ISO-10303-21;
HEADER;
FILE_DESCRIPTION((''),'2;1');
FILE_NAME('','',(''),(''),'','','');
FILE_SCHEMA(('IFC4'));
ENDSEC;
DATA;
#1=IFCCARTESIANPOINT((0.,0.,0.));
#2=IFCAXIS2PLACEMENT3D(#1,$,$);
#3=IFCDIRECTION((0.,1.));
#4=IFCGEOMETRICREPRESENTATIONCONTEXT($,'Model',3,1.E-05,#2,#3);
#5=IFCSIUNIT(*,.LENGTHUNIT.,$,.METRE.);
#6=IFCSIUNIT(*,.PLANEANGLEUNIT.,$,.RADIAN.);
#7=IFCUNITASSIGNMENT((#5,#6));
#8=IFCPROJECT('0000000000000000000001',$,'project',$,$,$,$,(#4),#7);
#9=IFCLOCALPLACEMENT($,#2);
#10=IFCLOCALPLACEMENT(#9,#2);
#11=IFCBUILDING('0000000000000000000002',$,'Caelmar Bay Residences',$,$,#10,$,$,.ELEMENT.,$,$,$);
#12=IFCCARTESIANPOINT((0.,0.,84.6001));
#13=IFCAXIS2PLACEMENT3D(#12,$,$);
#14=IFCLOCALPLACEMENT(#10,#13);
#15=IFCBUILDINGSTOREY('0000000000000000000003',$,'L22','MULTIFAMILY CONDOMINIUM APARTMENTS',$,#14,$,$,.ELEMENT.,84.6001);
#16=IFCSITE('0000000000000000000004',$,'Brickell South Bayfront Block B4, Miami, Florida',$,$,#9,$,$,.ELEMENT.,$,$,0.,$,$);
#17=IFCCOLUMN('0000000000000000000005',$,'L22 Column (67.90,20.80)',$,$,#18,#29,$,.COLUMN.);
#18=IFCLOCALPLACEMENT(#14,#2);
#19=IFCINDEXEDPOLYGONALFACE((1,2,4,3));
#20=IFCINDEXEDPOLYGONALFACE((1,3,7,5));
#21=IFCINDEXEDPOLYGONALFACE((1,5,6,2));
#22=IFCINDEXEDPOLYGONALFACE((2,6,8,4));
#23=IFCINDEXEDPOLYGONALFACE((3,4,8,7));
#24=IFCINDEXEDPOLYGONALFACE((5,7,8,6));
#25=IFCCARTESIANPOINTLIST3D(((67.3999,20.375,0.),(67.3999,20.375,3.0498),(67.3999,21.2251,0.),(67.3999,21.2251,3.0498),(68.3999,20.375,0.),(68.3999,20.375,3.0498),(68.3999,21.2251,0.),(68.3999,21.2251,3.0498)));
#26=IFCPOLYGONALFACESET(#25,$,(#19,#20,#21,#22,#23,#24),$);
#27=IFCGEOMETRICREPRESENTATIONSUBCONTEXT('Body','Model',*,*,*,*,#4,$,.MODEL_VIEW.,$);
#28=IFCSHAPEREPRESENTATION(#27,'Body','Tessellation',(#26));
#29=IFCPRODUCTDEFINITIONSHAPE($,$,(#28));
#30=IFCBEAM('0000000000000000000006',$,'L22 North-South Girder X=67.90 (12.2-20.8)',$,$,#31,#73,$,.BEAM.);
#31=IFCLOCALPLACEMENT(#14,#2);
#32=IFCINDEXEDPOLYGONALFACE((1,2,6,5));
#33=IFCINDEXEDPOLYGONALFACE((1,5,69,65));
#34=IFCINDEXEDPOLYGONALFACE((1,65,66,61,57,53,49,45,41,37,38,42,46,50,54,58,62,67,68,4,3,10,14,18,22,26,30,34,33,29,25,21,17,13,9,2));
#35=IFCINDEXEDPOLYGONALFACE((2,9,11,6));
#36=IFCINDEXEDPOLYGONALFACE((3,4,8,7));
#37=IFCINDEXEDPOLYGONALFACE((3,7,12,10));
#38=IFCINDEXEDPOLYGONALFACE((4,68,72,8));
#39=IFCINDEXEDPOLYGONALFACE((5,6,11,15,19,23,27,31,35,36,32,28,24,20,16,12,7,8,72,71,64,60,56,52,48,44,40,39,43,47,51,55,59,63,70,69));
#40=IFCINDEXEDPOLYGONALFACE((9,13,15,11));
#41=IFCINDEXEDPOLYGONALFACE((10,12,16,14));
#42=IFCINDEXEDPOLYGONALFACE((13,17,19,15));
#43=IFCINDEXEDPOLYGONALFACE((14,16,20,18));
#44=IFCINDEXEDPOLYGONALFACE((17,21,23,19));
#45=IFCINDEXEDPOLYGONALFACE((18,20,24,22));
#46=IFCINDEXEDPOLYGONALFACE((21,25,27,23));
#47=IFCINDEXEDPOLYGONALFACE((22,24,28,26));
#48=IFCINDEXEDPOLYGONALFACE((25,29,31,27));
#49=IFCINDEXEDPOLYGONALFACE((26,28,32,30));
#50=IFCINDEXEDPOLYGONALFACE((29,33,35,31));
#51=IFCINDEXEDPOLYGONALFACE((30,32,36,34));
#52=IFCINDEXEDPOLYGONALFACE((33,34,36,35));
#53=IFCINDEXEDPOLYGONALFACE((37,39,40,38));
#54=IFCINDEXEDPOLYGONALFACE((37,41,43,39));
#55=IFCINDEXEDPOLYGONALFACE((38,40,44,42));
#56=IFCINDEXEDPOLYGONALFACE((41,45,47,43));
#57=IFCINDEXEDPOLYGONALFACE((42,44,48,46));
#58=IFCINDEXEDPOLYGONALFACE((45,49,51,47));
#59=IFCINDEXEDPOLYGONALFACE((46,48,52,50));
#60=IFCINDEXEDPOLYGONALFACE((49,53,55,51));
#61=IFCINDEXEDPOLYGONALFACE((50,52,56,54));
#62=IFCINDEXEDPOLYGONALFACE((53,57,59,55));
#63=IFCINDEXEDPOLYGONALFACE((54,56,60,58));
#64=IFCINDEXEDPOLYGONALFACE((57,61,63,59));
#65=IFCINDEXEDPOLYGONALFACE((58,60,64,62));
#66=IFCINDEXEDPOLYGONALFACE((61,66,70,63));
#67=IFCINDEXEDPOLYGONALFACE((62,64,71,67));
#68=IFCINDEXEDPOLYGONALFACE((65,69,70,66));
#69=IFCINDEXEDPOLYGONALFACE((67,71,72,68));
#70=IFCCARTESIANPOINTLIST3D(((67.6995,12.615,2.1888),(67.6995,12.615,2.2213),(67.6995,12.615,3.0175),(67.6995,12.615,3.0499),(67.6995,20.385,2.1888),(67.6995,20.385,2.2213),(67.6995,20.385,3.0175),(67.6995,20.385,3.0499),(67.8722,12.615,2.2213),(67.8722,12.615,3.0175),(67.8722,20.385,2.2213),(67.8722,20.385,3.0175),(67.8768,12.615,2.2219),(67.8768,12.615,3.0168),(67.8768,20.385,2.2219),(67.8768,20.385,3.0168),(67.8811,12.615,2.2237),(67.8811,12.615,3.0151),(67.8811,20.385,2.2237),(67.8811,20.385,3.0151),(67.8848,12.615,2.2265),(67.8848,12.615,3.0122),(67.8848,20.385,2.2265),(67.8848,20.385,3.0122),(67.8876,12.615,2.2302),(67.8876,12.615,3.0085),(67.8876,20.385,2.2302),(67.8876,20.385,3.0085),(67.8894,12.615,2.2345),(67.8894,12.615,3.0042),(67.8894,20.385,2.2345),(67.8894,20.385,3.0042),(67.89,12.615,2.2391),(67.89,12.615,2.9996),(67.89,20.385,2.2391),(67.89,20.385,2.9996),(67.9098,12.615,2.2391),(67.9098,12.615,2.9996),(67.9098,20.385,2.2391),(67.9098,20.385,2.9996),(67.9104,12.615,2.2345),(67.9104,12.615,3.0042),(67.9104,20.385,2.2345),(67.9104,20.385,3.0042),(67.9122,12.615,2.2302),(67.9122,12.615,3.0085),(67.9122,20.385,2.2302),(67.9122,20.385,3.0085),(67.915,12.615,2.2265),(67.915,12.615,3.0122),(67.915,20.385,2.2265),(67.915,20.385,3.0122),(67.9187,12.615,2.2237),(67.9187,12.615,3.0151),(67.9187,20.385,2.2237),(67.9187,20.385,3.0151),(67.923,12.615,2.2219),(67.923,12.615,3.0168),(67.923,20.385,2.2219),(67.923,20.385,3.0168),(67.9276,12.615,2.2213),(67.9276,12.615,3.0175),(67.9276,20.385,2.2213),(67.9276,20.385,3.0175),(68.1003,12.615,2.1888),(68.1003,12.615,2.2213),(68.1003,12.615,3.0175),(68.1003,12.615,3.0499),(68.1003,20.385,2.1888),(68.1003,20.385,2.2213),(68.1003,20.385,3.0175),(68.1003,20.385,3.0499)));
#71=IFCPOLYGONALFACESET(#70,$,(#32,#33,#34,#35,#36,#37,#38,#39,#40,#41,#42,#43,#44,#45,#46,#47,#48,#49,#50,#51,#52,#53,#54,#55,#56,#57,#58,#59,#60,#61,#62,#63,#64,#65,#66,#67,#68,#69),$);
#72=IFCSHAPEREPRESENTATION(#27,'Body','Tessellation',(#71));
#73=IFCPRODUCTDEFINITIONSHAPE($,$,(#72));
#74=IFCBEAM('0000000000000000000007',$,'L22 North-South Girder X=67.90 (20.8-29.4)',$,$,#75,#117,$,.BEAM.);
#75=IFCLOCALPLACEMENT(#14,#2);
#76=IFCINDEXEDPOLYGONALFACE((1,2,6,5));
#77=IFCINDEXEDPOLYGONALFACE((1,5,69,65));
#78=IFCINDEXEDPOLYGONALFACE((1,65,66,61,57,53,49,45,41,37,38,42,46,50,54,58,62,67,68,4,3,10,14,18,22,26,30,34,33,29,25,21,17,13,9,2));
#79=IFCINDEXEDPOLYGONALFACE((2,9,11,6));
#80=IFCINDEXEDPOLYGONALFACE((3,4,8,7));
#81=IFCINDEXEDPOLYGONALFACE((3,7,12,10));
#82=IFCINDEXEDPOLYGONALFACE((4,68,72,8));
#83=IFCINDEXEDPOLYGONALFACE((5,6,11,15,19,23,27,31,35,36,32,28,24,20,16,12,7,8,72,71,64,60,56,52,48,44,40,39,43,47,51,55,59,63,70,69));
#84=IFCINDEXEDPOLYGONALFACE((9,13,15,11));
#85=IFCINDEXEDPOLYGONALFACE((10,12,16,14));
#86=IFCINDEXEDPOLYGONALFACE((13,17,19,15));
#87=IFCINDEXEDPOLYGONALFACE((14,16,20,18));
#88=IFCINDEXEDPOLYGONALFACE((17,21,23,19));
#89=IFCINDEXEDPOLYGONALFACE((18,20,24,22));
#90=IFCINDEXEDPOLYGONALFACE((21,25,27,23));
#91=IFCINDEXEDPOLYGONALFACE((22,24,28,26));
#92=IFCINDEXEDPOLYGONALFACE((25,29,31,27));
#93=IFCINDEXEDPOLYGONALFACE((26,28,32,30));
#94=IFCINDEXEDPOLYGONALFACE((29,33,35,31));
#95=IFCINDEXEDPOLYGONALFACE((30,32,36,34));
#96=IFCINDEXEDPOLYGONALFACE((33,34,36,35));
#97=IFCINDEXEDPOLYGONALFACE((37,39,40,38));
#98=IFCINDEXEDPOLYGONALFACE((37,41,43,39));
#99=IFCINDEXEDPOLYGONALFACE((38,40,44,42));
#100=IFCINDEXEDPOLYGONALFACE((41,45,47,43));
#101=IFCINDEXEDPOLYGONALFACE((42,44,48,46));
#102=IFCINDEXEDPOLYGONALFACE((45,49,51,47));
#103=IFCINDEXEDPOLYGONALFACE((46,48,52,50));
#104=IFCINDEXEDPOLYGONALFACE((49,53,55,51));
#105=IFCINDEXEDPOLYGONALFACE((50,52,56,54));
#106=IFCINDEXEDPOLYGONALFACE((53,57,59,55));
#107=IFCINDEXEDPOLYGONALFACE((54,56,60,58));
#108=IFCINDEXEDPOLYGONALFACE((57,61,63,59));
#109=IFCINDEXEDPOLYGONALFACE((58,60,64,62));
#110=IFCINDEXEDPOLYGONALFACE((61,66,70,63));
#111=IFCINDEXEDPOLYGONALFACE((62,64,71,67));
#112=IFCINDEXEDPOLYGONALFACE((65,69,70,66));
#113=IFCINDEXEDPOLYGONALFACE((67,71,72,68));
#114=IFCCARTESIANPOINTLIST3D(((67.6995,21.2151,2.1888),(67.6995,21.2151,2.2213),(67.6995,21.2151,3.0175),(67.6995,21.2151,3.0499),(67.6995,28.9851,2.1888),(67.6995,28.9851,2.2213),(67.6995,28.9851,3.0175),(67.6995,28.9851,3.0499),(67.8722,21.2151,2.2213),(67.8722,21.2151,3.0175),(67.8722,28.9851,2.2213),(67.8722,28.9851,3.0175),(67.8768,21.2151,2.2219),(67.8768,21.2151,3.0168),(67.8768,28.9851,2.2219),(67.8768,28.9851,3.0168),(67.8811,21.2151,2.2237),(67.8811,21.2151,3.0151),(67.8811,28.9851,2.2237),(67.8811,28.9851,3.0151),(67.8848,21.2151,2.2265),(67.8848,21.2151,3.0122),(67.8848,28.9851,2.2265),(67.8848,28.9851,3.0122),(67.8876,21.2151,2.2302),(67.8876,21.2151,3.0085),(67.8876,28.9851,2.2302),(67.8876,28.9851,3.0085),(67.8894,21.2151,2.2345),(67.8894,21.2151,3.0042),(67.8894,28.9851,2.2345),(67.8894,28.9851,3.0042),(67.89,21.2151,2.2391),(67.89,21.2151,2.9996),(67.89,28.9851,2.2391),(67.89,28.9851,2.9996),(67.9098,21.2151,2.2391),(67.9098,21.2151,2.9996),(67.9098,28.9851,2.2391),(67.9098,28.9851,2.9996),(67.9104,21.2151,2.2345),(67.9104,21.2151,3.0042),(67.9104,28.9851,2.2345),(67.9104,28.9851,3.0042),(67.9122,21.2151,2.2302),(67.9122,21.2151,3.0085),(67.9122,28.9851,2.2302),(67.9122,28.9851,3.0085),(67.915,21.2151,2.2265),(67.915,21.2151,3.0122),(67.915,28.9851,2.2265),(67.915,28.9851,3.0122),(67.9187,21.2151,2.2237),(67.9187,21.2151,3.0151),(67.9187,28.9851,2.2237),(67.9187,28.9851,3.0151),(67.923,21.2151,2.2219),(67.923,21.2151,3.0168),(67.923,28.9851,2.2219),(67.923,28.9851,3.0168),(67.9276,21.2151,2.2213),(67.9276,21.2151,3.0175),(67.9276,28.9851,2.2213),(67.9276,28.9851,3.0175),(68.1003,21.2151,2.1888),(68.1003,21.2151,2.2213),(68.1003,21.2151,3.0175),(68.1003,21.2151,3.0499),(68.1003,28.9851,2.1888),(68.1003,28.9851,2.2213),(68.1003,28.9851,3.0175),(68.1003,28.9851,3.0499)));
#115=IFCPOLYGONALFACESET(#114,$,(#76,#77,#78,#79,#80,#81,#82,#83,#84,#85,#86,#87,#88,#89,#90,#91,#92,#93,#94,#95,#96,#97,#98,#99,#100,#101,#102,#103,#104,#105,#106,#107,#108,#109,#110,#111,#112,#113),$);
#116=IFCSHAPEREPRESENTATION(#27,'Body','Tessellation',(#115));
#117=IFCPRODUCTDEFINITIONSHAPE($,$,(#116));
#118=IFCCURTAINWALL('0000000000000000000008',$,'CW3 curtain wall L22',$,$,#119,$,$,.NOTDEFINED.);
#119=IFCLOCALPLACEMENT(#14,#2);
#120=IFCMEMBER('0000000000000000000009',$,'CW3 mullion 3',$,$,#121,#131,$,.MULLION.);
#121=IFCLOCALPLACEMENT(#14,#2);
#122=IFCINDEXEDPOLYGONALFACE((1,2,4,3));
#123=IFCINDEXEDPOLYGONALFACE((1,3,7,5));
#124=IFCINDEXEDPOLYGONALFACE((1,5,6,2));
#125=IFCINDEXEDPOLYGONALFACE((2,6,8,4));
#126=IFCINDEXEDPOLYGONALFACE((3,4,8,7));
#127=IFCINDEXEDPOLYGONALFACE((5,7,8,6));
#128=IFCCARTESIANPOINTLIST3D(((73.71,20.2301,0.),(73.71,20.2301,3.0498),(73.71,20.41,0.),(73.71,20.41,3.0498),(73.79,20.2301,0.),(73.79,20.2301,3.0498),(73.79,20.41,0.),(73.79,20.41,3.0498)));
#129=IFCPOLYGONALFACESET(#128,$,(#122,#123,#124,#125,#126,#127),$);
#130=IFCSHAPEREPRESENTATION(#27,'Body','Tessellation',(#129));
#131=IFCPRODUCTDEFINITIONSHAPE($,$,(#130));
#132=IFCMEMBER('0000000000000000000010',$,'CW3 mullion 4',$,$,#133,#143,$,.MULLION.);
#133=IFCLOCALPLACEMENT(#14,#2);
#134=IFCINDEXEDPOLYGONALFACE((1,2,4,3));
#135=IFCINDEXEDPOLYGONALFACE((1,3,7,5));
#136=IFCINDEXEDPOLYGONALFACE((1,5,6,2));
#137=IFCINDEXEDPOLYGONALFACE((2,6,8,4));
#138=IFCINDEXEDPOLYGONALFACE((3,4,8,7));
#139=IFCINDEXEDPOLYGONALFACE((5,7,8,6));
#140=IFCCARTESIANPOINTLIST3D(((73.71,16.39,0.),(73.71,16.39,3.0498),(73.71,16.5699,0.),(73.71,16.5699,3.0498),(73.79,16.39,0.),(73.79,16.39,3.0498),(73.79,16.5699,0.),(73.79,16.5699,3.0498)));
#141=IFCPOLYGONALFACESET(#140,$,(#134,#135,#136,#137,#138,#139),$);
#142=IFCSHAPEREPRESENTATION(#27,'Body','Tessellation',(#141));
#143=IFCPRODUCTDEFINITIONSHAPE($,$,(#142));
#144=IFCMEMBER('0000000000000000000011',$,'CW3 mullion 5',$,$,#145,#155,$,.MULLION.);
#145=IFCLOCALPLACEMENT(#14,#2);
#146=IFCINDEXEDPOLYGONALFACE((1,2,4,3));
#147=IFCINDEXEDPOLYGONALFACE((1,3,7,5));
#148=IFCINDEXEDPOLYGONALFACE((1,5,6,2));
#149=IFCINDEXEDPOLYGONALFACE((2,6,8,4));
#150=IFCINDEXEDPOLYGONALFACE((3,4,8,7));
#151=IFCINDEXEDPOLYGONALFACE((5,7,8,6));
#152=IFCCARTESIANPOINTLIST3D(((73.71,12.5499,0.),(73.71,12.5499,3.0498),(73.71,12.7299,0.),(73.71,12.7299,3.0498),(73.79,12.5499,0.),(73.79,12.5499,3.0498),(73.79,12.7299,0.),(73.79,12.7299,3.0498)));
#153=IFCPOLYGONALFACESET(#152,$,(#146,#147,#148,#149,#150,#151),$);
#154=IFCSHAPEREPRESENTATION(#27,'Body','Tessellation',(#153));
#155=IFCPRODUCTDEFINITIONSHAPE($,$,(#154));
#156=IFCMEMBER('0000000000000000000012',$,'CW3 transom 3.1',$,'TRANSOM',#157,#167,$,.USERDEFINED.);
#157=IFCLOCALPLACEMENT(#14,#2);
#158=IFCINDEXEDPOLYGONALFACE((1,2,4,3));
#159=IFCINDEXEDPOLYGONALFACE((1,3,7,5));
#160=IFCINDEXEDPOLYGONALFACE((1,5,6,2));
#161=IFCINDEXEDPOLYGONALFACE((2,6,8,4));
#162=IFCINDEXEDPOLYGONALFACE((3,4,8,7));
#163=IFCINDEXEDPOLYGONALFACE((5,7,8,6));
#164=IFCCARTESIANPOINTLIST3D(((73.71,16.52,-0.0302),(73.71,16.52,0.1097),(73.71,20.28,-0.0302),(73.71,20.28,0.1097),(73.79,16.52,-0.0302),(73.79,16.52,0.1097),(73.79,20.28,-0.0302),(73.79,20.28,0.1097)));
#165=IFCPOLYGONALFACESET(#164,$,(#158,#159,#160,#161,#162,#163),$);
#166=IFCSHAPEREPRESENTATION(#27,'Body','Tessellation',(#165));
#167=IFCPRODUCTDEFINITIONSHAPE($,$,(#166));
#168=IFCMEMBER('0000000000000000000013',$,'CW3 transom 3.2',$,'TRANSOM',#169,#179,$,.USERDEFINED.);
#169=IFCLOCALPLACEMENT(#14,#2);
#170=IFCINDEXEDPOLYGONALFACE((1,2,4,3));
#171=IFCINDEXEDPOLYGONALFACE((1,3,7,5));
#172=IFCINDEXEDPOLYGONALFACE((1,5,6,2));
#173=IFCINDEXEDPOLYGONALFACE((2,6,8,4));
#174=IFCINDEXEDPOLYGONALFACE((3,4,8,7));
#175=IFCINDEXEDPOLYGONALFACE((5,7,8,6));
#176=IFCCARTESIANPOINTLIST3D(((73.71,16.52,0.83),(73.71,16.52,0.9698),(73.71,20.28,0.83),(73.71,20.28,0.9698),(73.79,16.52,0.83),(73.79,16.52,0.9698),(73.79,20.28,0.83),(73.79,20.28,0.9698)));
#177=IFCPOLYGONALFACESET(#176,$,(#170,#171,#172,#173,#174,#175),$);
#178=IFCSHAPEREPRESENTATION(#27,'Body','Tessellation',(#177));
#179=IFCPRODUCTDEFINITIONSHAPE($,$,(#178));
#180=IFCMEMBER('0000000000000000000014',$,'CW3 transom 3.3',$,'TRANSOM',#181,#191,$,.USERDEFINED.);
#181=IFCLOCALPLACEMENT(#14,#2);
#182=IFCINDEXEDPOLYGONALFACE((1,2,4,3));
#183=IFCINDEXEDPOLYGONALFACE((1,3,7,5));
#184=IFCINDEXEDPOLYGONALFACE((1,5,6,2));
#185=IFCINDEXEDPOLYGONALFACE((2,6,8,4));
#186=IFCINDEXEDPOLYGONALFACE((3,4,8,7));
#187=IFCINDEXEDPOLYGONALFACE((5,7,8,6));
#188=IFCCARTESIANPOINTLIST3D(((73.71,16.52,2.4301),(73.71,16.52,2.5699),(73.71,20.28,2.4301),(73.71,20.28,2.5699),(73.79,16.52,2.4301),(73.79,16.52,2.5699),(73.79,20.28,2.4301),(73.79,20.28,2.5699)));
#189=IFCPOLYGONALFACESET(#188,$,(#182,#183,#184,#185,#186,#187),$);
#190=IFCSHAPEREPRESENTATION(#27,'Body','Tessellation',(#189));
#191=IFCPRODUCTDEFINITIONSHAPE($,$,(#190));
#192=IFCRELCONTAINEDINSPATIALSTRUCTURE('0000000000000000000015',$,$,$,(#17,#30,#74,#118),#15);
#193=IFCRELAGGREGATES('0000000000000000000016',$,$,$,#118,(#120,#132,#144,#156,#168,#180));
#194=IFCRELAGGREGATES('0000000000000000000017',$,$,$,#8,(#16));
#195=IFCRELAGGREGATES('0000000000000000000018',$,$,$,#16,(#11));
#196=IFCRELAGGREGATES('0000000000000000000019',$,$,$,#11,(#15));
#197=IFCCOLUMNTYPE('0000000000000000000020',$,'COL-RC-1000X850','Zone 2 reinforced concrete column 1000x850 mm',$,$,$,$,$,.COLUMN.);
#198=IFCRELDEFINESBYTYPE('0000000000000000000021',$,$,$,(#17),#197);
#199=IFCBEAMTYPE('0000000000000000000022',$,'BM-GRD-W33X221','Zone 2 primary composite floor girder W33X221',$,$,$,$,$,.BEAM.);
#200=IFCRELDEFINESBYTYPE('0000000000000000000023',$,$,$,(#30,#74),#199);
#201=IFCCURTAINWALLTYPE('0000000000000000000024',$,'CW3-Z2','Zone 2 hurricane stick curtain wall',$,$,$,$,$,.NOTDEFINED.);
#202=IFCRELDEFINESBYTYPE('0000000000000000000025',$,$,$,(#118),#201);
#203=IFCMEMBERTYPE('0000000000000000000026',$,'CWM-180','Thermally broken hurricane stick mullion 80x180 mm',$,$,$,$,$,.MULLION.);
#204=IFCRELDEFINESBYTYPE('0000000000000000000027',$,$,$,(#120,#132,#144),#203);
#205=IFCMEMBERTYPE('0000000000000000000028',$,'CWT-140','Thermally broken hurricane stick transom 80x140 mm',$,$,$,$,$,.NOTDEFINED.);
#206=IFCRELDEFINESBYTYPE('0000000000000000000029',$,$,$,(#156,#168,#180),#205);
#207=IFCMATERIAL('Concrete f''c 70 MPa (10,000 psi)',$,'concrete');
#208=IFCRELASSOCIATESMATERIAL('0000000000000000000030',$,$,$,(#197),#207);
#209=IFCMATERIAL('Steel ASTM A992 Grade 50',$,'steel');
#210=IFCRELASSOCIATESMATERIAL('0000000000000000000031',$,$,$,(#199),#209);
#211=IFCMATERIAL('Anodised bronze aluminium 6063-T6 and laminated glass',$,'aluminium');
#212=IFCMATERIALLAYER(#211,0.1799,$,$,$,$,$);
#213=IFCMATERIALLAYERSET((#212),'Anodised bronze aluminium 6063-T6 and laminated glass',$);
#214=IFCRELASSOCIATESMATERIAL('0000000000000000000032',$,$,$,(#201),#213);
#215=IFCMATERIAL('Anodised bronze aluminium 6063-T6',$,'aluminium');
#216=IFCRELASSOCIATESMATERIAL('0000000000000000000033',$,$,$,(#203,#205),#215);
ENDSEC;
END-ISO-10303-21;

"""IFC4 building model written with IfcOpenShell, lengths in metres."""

from ifc_helpers import new_model, si_unit, direction, frame, origin, origin_2d, place, context, subcontext, project, spatial, rectangle, i_section, extrude, material, layer, layer_set, material_profile, profile_set, type_object, element, aggregate, save


model = new_model("IFC4")

# Units and contexts
model_context = context("Model", 3, precision=1e-05, world=origin(), true_north=direction((0.0, 1.0)))
body_context = subcontext(model_context, "Body", "Model", "MODEL_VIEW")
ifc_project = project(units=[si_unit("LENGTHUNIT", "METRE"), si_unit("PLANEANGLEUNIT", "RADIAN")], contexts=[model_context])

# Site, building, storey
site_placement = place(None, origin())
site = spatial("IfcSite", under=ifc_project, at=site_placement, Name="Brickell South Bayfront Block B4, Miami, Florida", CompositionType="ELEMENT", RefElevation=0.0)
building_placement = place(site_placement, origin())
building = spatial("IfcBuilding", under=site, at=building_placement, Name="Caelmar Bay Residences", CompositionType="ELEMENT")
storey_placement = place(building_placement, frame((0.0, 0.0, 84.6001)))
storey = spatial("IfcBuildingStorey", under=building, at=storey_placement, Name="L22", Description="MULTIFAMILY CONDOMINIUM APARTMENTS", CompositionType="ELEMENT", Elevation=84.6001)

# Column
ifc_material_1 = material(Name="Concrete f'c 70 MPa (10,000 psi)", Category="concrete")
ifc_material_profile_1 = material_profile(ifc_material_1, rectangle(XDim=1.0, YDim=0.8501, at=origin_2d()), Name="RC-COL-1000X850")
ifc_profile_set_1 = profile_set([ifc_material_profile_1], Name="Concrete f'c 70 MPa (10,000 psi)")
column_type = type_object("IfcColumnType", Name="COL-RC-1000X850", Description="Zone 2 reinforced concrete column 1000x850 mm", PredefinedType="COLUMN", material=ifc_profile_set_1)
column_placement = place(storey_placement, frame((67.8999, 20.8, 0.0), z_axis=(0.0, 0.0, 1.0), x_axis=(1.0, 0.0, 0.0)))
element("IfcColumn", 1, at=column_placement, inside=storey, type_object=column_type, Name="L22 Column (67.90,20.80)", PredefinedType="COLUMN", context=body_context, shape_type="SweptSolid", body=[
    extrude(rectangle(XDim=1.0, YDim=0.8501, at=origin_2d()), origin(), (0.0, 0.0, 1.0), 3.0498),
])

# Beams
ifc_material_2 = material(Name="Steel ASTM A992 Grade 50", Category="steel")
ifc_material_profile_2 = material_profile(ifc_material_2, i_section(OverallWidth=0.4009, OverallDepth=0.8611, WebThickness=0.0198, FlangeThickness=0.0325, FilletRadius=0.0178, at=origin_2d()), Name="W33X221")
ifc_profile_set_2 = profile_set([ifc_material_profile_2], Name="Steel ASTM A992 Grade 50")
beam_type = type_object("IfcBeamType", Name="BM-GRD-W33X221", Description="Zone 2 primary composite floor girder W33X221", PredefinedType="BEAM", material=ifc_profile_set_2)
for number, where, z_axis, x_axis, name in (
    (2, (67.8999, 12.615, 2.6194), (0.0, 1.0, 0.0), (-1.0, 0.0, 0.0), "L22 North-South Girder X=67.90 (12.2-20.8)"),
    (3, (67.8999, 21.2151, 2.6194), (0.0, 1.0, 0.0), (-1.0, 0.0, 0.0), "L22 North-South Girder X=67.90 (20.8-29.4)"),
):
    element("IfcBeam", number, at=place(storey_placement, frame(where, z_axis=z_axis, x_axis=x_axis)), inside=storey, type_object=beam_type, Name=name, PredefinedType="BEAM", context=body_context, shape_type="SweptSolid", body=[
        extrude(i_section(OverallWidth=0.4009, OverallDepth=0.8611, WebThickness=0.0198, FlangeThickness=0.0325, FilletRadius=0.0178, at=origin_2d()), origin(), (0.0, 0.0, 1.0), 7.77),
    ])

# Curtain wall, members
ifc_material_3 = material(Name="Anodised bronze aluminium 6063-T6 and laminated glass", Category="aluminium")
ifc_layer_1 = layer(ifc_material_3, 0.1799)
ifc_layer_set_1 = layer_set([ifc_layer_1], Name="Anodised bronze aluminium 6063-T6 and laminated glass")
curtain_wall_type = type_object("IfcCurtainWallType", Name="CW3-Z2", Description="Zone 2 hurricane stick curtain wall", PredefinedType="NOTDEFINED", material=ifc_layer_set_1)
curtain_wall_placement = place(storey_placement, origin())
curtain_wall = element("IfcCurtainWall", 4, at=curtain_wall_placement, inside=storey, type_object=curtain_wall_type, Name="CW3 curtain wall L22", PredefinedType="NOTDEFINED")
ifc_material_4 = material(Name="Anodised bronze aluminium 6063-T6", Category="aluminium")
ifc_material_profile_3 = material_profile(ifc_material_4, rectangle(XDim=0.0801, YDim=0.1799, at=origin_2d()), Name="CWM-80X180")
ifc_profile_set_3 = profile_set([ifc_material_profile_3], Name="Anodised bronze aluminium 6063-T6")
member_type_1 = type_object("IfcMemberType", Name="CWM-180", Description="Thermally broken hurricane stick mullion 80x180 mm", PredefinedType="MULLION", material=ifc_profile_set_3)
member_1_placement = place(storey_placement, frame((73.75, 20.3201, 0.0), z_axis=(0.0, 0.0, 1.0), x_axis=(1.0, 0.0, 0.0)))
member_1 = element("IfcMember", 5, at=member_1_placement, type_object=member_type_1, Name="CW3 mullion 3", PredefinedType="MULLION", context=body_context, shape_type="SweptSolid", body=[
    extrude(rectangle(XDim=0.0801, YDim=0.1799, at=origin_2d()), origin(), (0.0, 0.0, 1.0), 3.0498),
])
member_2_placement = place(storey_placement, frame((73.75, 16.48, 0.0), z_axis=(0.0, 0.0, 1.0), x_axis=(1.0, 0.0, 0.0)))
member_2 = element("IfcMember", 6, at=member_2_placement, type_object=member_type_1, Name="CW3 mullion 4", PredefinedType="MULLION", context=body_context, shape_type="SweptSolid", body=[
    extrude(rectangle(XDim=0.0801, YDim=0.1799, at=origin_2d()), origin(), (0.0, 0.0, 1.0), 3.0498),
])
member_3_placement = place(storey_placement, frame((73.75, 12.6399, 0.0), z_axis=(0.0, 0.0, 1.0), x_axis=(1.0, 0.0, 0.0)))
member_3 = element("IfcMember", 7, at=member_3_placement, type_object=member_type_1, Name="CW3 mullion 5", PredefinedType="MULLION", context=body_context, shape_type="SweptSolid", body=[
    extrude(rectangle(XDim=0.0801, YDim=0.1799, at=origin_2d()), origin(), (0.0, 0.0, 1.0), 3.0498),
])
ifc_material_profile_4 = material_profile(ifc_material_4, rectangle(XDim=0.0801, YDim=0.1399, at=origin_2d()), Name="CWT-80X140")
ifc_profile_set_4 = profile_set([ifc_material_profile_4], Name="Anodised bronze aluminium 6063-T6")
member_type_2 = type_object("IfcMemberType", Name="CWT-140", Description="Thermally broken hurricane stick transom 80x140 mm", PredefinedType="NOTDEFINED", material=ifc_profile_set_4)
member_4_placement = place(storey_placement, frame((73.75, 20.28, 0.0398), z_axis=(0.0, -1.0, 0.0), x_axis=(1.0, 0.0, 0.0)))
member_4 = element("IfcMember", 8, at=member_4_placement, type_object=member_type_2, Name="CW3 transom 3.1", ObjectType="TRANSOM", PredefinedType="USERDEFINED", context=body_context, shape_type="SweptSolid", body=[
    extrude(rectangle(XDim=0.0801, YDim=0.1399, at=origin_2d()), origin(), (0.0, 0.0, 1.0), 3.76),
])
member_5_placement = place(storey_placement, frame((73.75, 20.28, 0.8999), z_axis=(0.0, -1.0, 0.0), x_axis=(1.0, 0.0, 0.0)))
member_5 = element("IfcMember", 9, at=member_5_placement, type_object=member_type_2, Name="CW3 transom 3.2", ObjectType="TRANSOM", PredefinedType="USERDEFINED", context=body_context, shape_type="SweptSolid", body=[
    extrude(rectangle(XDim=0.0801, YDim=0.1399, at=origin_2d()), origin(), (0.0, 0.0, 1.0), 3.76),
])
member_6_placement = place(storey_placement, frame((73.75, 20.28, 2.5), z_axis=(0.0, -1.0, 0.0), x_axis=(1.0, 0.0, 0.0)))
member_6 = element("IfcMember", 10, at=member_6_placement, type_object=member_type_2, Name="CW3 transom 3.3", ObjectType="TRANSOM", PredefinedType="USERDEFINED", context=body_context, shape_type="SweptSolid", body=[
    extrude(rectangle(XDim=0.0801, YDim=0.1399, at=origin_2d()), origin(), (0.0, 0.0, 1.0), 3.76),
])
aggregate(curtain_wall, [member_1, member_2, member_3, member_4, member_5, member_6])

save(model, "model.ifc")
